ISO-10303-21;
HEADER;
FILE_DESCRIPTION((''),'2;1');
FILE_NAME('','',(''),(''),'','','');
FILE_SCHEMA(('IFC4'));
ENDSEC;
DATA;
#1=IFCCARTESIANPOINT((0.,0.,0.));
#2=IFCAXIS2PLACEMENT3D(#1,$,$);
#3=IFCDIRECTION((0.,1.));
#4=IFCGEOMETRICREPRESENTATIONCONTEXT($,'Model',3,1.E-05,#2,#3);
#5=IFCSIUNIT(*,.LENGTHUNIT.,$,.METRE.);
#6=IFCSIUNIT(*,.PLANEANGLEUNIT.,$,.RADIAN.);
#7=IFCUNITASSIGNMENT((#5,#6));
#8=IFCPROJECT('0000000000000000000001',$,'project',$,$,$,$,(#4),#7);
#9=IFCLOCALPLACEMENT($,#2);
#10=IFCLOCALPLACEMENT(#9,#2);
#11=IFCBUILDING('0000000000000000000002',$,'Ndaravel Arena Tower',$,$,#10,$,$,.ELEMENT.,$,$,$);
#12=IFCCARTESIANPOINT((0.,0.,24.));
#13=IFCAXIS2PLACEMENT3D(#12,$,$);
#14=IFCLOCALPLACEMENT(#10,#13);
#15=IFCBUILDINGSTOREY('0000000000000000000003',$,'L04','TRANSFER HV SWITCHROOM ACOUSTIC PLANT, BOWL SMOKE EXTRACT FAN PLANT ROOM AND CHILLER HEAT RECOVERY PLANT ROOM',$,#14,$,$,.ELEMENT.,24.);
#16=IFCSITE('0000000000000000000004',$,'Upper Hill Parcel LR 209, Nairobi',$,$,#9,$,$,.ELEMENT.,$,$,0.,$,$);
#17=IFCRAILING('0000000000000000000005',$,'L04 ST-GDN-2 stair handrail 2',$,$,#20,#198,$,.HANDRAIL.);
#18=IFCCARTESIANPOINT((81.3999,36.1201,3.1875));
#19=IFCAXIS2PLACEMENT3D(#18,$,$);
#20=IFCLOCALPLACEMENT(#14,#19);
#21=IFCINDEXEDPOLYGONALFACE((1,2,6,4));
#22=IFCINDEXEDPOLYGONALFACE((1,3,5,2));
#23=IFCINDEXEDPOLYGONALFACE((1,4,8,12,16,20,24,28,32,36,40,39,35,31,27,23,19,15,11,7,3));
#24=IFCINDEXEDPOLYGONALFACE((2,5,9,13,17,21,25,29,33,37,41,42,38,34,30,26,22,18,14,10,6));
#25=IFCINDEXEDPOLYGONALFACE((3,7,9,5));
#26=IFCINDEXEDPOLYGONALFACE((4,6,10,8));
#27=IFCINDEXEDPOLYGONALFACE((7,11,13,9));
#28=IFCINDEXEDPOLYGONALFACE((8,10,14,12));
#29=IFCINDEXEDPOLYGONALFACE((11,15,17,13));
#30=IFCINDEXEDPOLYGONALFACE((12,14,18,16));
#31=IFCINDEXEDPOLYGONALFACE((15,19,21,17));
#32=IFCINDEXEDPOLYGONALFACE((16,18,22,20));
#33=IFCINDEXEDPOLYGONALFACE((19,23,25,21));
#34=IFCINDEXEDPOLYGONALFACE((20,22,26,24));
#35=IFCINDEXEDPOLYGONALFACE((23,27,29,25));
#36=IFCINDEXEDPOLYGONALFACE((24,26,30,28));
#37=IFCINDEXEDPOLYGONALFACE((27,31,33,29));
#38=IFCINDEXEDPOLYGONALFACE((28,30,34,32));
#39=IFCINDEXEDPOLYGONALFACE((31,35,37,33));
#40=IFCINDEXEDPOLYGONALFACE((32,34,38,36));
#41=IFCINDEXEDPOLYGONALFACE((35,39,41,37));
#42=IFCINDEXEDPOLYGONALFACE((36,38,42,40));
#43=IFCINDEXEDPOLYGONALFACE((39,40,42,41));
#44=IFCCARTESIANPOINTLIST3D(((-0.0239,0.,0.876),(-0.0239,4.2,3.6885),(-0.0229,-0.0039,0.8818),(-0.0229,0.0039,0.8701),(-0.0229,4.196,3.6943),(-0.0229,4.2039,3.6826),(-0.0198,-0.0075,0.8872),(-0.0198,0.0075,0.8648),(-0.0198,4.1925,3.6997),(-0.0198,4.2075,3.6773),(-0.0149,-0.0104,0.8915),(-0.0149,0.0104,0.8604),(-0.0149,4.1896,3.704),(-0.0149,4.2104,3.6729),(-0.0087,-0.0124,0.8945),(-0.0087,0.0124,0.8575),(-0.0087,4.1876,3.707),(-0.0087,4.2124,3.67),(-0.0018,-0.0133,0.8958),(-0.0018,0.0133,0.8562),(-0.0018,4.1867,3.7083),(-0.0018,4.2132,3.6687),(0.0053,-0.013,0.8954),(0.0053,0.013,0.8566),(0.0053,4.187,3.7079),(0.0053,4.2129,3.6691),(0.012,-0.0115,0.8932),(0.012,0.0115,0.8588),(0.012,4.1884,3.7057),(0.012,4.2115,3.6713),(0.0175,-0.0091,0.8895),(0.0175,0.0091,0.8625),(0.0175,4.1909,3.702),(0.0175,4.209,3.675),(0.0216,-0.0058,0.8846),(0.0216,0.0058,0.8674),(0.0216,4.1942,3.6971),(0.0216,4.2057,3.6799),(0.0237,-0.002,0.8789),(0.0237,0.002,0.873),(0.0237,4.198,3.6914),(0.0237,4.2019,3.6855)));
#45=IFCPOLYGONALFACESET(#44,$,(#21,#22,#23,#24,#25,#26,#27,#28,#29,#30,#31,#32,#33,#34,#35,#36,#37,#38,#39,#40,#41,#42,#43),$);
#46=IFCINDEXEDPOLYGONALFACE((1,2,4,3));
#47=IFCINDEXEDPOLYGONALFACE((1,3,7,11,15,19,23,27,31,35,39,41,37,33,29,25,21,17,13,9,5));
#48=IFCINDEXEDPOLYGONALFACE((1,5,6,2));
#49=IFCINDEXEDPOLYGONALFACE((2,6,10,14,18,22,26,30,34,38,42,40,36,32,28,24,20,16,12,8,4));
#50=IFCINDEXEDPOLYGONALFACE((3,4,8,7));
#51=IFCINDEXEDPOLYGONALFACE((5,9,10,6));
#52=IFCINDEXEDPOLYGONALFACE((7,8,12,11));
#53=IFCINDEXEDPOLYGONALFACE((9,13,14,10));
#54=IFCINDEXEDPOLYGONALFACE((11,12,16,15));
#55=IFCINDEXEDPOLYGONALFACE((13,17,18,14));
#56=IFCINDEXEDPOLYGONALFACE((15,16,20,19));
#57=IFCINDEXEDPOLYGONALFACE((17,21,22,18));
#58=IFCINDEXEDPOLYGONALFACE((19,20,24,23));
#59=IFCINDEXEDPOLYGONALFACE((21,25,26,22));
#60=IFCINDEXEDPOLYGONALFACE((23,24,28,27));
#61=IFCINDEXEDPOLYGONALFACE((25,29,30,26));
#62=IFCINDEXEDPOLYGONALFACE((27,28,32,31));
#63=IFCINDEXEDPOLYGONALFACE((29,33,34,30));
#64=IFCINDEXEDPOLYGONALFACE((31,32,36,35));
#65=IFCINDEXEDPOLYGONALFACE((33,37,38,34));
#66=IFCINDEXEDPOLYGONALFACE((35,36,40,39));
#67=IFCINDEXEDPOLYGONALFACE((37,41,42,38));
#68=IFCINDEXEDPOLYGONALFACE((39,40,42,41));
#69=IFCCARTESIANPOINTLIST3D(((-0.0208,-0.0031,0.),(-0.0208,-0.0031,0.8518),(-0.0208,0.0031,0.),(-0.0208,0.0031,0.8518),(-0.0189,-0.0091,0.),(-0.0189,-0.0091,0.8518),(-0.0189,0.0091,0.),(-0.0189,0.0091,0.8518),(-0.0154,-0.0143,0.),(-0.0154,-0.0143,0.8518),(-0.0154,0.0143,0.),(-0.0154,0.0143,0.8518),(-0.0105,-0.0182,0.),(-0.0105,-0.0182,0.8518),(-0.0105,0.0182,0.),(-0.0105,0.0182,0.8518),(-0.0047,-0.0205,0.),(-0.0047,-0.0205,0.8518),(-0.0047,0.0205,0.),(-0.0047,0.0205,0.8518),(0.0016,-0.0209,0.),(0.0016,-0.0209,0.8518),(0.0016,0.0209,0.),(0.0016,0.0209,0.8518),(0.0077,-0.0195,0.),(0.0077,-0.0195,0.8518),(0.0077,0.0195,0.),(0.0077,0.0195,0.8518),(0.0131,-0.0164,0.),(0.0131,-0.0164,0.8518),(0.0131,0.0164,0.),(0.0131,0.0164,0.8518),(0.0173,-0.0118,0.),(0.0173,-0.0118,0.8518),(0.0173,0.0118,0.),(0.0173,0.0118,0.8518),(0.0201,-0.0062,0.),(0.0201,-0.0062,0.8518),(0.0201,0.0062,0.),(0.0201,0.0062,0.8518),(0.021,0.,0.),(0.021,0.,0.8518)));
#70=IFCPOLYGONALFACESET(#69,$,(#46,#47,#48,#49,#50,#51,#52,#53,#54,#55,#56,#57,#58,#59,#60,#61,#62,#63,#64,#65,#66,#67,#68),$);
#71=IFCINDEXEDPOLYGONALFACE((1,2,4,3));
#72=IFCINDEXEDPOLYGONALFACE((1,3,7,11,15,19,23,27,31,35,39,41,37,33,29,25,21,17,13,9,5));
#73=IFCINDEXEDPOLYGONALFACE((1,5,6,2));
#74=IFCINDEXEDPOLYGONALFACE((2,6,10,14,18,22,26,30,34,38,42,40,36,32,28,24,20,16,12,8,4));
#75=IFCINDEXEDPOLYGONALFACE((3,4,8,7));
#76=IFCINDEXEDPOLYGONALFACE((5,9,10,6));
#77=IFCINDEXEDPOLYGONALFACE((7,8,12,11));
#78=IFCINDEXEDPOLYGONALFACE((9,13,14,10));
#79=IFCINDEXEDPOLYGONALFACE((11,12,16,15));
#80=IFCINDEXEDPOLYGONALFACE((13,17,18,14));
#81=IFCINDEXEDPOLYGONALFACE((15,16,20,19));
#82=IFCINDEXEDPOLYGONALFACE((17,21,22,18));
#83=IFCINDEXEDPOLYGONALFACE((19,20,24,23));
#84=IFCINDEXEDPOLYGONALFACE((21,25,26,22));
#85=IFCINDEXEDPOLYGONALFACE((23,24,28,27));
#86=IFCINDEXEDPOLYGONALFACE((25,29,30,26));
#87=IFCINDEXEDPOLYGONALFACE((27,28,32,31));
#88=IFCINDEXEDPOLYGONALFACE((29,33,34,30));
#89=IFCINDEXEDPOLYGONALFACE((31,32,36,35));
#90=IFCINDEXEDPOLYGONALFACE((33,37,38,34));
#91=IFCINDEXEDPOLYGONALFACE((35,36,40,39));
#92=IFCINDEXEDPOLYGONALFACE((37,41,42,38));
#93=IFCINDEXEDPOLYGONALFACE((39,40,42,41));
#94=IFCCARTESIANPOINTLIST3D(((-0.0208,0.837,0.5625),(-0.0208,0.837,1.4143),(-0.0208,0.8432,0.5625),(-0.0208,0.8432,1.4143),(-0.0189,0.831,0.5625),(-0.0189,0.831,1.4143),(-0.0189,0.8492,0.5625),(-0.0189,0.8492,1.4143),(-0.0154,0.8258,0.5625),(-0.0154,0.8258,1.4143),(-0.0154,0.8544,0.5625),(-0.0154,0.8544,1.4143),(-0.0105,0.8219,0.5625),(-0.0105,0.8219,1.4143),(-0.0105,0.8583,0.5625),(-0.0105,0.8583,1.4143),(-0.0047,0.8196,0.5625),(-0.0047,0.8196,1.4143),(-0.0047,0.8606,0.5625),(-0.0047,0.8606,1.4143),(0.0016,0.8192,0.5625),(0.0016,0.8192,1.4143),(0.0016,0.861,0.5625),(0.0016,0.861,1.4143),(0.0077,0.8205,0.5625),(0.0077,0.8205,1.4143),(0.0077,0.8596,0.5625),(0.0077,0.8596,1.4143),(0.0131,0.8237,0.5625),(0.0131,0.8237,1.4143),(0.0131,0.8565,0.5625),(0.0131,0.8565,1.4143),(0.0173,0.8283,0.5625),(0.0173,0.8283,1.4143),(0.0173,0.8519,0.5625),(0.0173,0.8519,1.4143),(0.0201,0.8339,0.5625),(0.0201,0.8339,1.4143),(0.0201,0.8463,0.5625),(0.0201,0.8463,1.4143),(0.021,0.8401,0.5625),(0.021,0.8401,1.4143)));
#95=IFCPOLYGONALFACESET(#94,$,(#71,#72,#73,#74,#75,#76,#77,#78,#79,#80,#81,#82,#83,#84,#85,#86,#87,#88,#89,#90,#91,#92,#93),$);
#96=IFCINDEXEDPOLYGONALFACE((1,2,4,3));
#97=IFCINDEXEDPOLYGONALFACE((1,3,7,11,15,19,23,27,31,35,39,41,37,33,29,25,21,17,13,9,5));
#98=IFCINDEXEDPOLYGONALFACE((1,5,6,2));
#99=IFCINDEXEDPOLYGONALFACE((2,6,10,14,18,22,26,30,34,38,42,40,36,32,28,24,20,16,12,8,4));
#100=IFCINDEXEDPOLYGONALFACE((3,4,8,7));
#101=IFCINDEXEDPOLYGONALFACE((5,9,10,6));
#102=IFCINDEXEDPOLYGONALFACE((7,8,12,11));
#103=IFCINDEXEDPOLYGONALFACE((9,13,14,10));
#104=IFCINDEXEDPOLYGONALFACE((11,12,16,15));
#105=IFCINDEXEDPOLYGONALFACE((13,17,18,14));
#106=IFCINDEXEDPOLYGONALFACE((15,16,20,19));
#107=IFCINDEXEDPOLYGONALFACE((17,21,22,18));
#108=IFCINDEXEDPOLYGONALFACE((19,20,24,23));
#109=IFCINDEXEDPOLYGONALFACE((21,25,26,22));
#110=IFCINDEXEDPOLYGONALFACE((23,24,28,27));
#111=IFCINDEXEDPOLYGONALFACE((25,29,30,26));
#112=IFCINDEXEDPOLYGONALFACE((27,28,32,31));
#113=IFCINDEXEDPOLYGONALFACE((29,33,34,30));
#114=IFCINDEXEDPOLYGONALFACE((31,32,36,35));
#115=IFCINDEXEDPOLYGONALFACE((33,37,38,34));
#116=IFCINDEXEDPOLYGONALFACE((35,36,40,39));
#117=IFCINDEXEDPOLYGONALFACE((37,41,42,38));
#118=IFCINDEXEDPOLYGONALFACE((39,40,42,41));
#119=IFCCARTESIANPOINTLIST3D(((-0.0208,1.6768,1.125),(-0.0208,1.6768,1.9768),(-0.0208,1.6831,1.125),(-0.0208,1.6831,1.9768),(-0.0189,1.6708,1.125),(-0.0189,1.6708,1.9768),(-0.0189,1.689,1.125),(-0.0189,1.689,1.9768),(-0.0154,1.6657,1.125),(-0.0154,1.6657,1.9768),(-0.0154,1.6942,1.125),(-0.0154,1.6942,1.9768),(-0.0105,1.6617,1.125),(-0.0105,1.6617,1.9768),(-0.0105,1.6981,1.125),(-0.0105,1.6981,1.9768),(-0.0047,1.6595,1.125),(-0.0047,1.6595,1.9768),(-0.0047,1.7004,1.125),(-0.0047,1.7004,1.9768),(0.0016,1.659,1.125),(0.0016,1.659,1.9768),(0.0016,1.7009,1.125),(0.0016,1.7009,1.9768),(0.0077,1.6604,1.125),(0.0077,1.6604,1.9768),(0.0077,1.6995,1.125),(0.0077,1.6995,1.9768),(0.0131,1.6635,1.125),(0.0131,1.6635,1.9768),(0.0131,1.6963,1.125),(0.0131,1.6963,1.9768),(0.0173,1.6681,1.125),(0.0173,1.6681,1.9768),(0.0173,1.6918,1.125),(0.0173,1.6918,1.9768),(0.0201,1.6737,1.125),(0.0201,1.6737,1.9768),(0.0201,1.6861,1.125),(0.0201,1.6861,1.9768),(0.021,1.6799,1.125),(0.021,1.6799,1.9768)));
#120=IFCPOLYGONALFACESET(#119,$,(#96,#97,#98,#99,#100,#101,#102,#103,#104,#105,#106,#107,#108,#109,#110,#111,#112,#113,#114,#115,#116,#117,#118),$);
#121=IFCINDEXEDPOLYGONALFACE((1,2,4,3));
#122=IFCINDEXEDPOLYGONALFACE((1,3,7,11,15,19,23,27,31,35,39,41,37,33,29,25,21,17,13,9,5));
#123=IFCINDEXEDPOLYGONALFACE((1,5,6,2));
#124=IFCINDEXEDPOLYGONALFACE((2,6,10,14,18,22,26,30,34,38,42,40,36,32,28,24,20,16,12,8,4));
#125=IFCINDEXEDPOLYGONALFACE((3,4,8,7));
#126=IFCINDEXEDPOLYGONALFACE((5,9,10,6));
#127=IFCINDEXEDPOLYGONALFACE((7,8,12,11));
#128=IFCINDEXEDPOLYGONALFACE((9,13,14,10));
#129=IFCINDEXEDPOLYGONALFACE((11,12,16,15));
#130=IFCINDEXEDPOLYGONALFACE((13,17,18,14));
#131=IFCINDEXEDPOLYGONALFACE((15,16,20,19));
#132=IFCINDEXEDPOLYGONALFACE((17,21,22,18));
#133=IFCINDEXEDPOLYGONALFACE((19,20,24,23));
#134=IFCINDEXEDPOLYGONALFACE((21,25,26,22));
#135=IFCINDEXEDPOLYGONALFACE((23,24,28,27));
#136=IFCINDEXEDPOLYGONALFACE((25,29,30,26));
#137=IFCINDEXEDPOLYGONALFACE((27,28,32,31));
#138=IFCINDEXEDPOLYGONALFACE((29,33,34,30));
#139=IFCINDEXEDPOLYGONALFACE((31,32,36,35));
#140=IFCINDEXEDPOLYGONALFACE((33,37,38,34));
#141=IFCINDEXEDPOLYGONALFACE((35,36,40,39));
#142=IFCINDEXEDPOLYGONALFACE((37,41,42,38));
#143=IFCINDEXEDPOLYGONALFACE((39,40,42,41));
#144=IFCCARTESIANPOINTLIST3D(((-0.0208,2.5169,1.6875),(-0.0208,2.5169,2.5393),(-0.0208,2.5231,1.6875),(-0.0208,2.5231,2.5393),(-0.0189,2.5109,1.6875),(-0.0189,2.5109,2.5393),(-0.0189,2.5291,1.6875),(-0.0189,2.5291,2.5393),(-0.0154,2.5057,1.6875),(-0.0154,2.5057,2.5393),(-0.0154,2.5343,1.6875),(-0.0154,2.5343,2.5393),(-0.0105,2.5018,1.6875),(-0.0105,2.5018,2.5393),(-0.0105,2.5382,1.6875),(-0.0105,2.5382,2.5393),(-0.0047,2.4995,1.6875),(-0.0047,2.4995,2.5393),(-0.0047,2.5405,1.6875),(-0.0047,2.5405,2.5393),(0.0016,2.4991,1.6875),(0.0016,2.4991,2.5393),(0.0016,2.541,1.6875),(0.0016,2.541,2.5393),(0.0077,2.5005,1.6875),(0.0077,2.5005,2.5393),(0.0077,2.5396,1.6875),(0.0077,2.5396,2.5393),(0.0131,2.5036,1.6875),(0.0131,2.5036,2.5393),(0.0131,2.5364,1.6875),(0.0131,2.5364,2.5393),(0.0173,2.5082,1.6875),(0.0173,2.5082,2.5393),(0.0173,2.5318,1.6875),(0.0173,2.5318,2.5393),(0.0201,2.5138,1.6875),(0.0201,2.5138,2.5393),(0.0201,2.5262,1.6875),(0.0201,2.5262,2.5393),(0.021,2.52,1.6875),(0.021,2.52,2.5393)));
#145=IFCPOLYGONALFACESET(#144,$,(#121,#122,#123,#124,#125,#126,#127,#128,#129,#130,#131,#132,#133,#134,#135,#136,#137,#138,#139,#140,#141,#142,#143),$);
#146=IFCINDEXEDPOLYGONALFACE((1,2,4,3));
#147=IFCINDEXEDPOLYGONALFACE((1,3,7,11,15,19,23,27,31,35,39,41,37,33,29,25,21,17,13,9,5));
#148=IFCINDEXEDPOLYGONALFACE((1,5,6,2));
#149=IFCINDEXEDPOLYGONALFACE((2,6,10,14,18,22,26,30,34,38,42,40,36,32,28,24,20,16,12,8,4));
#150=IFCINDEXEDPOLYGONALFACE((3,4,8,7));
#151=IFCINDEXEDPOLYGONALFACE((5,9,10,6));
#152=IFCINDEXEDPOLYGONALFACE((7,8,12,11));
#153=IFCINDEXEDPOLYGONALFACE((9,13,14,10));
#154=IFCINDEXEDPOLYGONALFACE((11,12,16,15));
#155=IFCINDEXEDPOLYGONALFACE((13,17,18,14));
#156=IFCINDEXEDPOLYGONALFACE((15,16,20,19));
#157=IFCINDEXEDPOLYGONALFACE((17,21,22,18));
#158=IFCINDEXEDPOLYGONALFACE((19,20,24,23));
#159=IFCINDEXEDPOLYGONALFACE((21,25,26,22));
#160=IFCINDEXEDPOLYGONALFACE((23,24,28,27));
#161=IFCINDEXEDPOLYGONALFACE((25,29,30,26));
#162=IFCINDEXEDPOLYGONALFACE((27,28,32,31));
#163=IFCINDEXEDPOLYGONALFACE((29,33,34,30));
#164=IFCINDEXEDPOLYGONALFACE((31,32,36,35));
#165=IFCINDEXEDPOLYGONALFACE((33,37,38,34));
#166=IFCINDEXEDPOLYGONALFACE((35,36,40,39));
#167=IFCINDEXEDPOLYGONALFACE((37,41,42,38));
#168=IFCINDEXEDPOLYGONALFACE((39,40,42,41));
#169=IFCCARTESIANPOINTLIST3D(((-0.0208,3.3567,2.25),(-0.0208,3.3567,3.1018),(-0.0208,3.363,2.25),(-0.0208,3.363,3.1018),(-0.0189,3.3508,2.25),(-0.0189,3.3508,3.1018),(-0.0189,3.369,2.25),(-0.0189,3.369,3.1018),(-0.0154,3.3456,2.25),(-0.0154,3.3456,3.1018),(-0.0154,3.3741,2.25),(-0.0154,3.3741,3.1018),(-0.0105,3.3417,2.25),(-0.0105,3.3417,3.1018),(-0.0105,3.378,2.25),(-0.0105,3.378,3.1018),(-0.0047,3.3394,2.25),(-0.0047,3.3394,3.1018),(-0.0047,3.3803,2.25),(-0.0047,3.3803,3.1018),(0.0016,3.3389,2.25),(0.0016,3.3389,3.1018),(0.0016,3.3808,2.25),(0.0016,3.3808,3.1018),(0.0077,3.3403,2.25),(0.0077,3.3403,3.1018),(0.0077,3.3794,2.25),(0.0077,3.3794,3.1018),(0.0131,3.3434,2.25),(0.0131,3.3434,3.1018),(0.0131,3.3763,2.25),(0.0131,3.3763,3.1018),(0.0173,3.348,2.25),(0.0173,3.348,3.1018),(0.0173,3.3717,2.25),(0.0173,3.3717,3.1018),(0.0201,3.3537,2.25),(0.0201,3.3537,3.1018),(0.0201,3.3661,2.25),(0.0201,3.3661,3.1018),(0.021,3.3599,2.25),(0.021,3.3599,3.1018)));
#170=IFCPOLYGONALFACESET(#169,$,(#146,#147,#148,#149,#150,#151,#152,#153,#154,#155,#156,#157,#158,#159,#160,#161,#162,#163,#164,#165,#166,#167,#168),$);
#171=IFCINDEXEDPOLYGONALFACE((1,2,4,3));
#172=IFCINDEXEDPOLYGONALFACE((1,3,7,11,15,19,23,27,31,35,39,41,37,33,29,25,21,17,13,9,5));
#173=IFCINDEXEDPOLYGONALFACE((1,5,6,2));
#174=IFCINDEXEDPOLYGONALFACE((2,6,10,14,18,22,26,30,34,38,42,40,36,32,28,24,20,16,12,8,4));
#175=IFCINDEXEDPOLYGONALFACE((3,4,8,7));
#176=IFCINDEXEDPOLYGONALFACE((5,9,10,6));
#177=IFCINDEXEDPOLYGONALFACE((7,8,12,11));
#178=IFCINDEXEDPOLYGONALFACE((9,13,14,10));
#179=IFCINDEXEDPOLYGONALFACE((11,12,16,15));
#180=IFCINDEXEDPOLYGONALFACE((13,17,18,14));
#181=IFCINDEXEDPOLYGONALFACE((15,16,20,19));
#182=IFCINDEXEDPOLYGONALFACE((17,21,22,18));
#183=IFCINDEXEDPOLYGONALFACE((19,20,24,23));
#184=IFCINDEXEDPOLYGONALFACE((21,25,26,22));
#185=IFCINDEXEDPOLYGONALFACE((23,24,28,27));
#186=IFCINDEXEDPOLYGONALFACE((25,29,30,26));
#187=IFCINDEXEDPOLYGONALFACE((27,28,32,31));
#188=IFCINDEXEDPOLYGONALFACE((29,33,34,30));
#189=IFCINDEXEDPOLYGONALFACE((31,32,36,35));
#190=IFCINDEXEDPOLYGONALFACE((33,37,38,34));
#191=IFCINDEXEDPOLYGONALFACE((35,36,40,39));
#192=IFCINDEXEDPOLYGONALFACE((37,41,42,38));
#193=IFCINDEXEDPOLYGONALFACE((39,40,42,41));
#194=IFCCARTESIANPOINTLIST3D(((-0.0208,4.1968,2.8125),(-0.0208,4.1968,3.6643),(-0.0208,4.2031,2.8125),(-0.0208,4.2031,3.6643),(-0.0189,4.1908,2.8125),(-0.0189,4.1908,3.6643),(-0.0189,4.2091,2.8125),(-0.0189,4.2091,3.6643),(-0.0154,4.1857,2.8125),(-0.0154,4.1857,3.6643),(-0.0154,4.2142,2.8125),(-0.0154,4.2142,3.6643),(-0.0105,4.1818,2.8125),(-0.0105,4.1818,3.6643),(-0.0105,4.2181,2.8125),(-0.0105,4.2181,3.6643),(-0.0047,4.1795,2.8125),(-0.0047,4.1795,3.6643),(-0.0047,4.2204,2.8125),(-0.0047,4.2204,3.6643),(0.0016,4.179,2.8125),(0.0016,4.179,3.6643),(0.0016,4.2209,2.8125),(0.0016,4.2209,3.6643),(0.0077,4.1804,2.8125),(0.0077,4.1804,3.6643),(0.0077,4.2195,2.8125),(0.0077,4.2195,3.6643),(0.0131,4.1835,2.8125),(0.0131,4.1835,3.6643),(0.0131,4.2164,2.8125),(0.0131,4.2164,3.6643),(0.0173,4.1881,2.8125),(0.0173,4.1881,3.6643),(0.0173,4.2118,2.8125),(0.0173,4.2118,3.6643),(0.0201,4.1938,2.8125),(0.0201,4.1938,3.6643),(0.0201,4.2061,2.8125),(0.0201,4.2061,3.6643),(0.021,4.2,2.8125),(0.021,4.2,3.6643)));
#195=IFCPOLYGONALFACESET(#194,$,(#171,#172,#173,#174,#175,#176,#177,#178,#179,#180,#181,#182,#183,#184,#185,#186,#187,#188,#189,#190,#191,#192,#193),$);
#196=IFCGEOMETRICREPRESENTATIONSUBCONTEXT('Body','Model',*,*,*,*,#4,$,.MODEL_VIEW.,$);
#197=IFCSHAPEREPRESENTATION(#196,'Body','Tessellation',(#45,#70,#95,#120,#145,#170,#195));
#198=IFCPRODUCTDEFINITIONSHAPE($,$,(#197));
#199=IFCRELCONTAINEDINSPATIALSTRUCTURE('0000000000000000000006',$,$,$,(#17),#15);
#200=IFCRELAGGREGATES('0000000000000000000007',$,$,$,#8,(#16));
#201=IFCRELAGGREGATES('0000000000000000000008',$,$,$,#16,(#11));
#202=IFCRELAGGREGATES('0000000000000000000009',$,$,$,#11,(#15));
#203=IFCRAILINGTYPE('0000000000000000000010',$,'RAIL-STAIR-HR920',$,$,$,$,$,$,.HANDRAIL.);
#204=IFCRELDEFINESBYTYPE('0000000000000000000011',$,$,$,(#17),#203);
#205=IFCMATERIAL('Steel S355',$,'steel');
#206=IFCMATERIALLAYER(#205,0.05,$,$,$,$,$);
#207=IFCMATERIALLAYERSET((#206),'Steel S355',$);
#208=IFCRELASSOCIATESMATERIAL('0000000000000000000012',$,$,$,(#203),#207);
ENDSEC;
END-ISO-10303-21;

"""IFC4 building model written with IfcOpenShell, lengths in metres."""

from ifc_helpers import new_model, si_unit, direction, frame, origin, origin_2d, place, context, subcontext, project, spatial, circle, extrude, material, layer, layer_set, type_object, element, save


model = new_model("IFC4")

# Units and contexts
model_context = context("Model", 3, precision=1e-05, world=origin(), true_north=direction((0.0, 1.0)))
body_context = subcontext(model_context, "Body", "Model", "MODEL_VIEW")
ifc_project = project(units=[si_unit("LENGTHUNIT", "METRE"), si_unit("PLANEANGLEUNIT", "RADIAN")], contexts=[model_context])

# Site, building, storey
site_placement = place(None, origin())
site = spatial("IfcSite", under=ifc_project, at=site_placement, Name="Upper Hill Parcel LR 209, Nairobi", CompositionType="ELEMENT", RefElevation=0.0)
building_placement = place(site_placement, origin())
building = spatial("IfcBuilding", under=site, at=building_placement, Name="Ndaravel Arena Tower", CompositionType="ELEMENT")
storey_placement = place(building_placement, frame((0.0, 0.0, 24.0)))
storey = spatial("IfcBuildingStorey", under=building, at=storey_placement, Name="L04", Description="TRANSFER HV SWITCHROOM ACOUSTIC PLANT, BOWL SMOKE EXTRACT FAN PLANT ROOM AND CHILLER HEAT RECOVERY PLANT ROOM", CompositionType="ELEMENT", Elevation=24.0)

# Railing
ifc_material_1 = material(Name="Steel S355", Category="steel")
ifc_layer_1 = layer(ifc_material_1, 0.05)
ifc_layer_set_1 = layer_set([ifc_layer_1], Name="Steel S355")
railing_type_1 = type_object("IfcRailingType", Name="RAIL-STAIR-HR920", PredefinedType="HANDRAIL", material=ifc_layer_set_1)
railing_1_placement = place(storey_placement, frame((81.3999, 36.1201, 3.1875)))
element("IfcRailing", 1, at=railing_1_placement, inside=storey, type_object=railing_type_1, Name="L04 ST-GDN-2 stair handrail 2", PredefinedType="HANDRAIL", context=body_context, shape_type="SweptSolid", body=[
    extrude(circle(Radius=0.0239, at=origin_2d()), frame((0.0, 0.0, 0.876), z_axis=(0.0, 0.830904, 0.556416), x_axis=(-1.0, 0.0, 0.0)), (0.0, 0.0, 1.0), 5.0547),
    extrude(circle(Radius=0.021, at=origin_2d()), origin(), (0.0, 0.0, 1.0), 0.8518),
    extrude(circle(Radius=0.021, at=origin_2d()), frame((0.0, 0.8401, 0.5625)), (0.0, 0.0, 1.0), 0.8518),
    extrude(circle(Radius=0.021, at=origin_2d()), frame((0.0, 1.6799, 1.125)), (0.0, 0.0, 1.0), 0.8518),
    extrude(circle(Radius=0.021, at=origin_2d()), frame((0.0, 2.52, 1.6875)), (0.0, 0.0, 1.0), 0.8518),
    extrude(circle(Radius=0.021, at=origin_2d()), frame((0.0, 3.3599, 2.25)), (0.0, 0.0, 1.0), 0.8518),
    extrude(circle(Radius=0.021, at=origin_2d()), frame((0.0, 4.2, 2.8125)), (0.0, 0.0, 1.0), 0.8518),
])

save(model, "model.ifc")
